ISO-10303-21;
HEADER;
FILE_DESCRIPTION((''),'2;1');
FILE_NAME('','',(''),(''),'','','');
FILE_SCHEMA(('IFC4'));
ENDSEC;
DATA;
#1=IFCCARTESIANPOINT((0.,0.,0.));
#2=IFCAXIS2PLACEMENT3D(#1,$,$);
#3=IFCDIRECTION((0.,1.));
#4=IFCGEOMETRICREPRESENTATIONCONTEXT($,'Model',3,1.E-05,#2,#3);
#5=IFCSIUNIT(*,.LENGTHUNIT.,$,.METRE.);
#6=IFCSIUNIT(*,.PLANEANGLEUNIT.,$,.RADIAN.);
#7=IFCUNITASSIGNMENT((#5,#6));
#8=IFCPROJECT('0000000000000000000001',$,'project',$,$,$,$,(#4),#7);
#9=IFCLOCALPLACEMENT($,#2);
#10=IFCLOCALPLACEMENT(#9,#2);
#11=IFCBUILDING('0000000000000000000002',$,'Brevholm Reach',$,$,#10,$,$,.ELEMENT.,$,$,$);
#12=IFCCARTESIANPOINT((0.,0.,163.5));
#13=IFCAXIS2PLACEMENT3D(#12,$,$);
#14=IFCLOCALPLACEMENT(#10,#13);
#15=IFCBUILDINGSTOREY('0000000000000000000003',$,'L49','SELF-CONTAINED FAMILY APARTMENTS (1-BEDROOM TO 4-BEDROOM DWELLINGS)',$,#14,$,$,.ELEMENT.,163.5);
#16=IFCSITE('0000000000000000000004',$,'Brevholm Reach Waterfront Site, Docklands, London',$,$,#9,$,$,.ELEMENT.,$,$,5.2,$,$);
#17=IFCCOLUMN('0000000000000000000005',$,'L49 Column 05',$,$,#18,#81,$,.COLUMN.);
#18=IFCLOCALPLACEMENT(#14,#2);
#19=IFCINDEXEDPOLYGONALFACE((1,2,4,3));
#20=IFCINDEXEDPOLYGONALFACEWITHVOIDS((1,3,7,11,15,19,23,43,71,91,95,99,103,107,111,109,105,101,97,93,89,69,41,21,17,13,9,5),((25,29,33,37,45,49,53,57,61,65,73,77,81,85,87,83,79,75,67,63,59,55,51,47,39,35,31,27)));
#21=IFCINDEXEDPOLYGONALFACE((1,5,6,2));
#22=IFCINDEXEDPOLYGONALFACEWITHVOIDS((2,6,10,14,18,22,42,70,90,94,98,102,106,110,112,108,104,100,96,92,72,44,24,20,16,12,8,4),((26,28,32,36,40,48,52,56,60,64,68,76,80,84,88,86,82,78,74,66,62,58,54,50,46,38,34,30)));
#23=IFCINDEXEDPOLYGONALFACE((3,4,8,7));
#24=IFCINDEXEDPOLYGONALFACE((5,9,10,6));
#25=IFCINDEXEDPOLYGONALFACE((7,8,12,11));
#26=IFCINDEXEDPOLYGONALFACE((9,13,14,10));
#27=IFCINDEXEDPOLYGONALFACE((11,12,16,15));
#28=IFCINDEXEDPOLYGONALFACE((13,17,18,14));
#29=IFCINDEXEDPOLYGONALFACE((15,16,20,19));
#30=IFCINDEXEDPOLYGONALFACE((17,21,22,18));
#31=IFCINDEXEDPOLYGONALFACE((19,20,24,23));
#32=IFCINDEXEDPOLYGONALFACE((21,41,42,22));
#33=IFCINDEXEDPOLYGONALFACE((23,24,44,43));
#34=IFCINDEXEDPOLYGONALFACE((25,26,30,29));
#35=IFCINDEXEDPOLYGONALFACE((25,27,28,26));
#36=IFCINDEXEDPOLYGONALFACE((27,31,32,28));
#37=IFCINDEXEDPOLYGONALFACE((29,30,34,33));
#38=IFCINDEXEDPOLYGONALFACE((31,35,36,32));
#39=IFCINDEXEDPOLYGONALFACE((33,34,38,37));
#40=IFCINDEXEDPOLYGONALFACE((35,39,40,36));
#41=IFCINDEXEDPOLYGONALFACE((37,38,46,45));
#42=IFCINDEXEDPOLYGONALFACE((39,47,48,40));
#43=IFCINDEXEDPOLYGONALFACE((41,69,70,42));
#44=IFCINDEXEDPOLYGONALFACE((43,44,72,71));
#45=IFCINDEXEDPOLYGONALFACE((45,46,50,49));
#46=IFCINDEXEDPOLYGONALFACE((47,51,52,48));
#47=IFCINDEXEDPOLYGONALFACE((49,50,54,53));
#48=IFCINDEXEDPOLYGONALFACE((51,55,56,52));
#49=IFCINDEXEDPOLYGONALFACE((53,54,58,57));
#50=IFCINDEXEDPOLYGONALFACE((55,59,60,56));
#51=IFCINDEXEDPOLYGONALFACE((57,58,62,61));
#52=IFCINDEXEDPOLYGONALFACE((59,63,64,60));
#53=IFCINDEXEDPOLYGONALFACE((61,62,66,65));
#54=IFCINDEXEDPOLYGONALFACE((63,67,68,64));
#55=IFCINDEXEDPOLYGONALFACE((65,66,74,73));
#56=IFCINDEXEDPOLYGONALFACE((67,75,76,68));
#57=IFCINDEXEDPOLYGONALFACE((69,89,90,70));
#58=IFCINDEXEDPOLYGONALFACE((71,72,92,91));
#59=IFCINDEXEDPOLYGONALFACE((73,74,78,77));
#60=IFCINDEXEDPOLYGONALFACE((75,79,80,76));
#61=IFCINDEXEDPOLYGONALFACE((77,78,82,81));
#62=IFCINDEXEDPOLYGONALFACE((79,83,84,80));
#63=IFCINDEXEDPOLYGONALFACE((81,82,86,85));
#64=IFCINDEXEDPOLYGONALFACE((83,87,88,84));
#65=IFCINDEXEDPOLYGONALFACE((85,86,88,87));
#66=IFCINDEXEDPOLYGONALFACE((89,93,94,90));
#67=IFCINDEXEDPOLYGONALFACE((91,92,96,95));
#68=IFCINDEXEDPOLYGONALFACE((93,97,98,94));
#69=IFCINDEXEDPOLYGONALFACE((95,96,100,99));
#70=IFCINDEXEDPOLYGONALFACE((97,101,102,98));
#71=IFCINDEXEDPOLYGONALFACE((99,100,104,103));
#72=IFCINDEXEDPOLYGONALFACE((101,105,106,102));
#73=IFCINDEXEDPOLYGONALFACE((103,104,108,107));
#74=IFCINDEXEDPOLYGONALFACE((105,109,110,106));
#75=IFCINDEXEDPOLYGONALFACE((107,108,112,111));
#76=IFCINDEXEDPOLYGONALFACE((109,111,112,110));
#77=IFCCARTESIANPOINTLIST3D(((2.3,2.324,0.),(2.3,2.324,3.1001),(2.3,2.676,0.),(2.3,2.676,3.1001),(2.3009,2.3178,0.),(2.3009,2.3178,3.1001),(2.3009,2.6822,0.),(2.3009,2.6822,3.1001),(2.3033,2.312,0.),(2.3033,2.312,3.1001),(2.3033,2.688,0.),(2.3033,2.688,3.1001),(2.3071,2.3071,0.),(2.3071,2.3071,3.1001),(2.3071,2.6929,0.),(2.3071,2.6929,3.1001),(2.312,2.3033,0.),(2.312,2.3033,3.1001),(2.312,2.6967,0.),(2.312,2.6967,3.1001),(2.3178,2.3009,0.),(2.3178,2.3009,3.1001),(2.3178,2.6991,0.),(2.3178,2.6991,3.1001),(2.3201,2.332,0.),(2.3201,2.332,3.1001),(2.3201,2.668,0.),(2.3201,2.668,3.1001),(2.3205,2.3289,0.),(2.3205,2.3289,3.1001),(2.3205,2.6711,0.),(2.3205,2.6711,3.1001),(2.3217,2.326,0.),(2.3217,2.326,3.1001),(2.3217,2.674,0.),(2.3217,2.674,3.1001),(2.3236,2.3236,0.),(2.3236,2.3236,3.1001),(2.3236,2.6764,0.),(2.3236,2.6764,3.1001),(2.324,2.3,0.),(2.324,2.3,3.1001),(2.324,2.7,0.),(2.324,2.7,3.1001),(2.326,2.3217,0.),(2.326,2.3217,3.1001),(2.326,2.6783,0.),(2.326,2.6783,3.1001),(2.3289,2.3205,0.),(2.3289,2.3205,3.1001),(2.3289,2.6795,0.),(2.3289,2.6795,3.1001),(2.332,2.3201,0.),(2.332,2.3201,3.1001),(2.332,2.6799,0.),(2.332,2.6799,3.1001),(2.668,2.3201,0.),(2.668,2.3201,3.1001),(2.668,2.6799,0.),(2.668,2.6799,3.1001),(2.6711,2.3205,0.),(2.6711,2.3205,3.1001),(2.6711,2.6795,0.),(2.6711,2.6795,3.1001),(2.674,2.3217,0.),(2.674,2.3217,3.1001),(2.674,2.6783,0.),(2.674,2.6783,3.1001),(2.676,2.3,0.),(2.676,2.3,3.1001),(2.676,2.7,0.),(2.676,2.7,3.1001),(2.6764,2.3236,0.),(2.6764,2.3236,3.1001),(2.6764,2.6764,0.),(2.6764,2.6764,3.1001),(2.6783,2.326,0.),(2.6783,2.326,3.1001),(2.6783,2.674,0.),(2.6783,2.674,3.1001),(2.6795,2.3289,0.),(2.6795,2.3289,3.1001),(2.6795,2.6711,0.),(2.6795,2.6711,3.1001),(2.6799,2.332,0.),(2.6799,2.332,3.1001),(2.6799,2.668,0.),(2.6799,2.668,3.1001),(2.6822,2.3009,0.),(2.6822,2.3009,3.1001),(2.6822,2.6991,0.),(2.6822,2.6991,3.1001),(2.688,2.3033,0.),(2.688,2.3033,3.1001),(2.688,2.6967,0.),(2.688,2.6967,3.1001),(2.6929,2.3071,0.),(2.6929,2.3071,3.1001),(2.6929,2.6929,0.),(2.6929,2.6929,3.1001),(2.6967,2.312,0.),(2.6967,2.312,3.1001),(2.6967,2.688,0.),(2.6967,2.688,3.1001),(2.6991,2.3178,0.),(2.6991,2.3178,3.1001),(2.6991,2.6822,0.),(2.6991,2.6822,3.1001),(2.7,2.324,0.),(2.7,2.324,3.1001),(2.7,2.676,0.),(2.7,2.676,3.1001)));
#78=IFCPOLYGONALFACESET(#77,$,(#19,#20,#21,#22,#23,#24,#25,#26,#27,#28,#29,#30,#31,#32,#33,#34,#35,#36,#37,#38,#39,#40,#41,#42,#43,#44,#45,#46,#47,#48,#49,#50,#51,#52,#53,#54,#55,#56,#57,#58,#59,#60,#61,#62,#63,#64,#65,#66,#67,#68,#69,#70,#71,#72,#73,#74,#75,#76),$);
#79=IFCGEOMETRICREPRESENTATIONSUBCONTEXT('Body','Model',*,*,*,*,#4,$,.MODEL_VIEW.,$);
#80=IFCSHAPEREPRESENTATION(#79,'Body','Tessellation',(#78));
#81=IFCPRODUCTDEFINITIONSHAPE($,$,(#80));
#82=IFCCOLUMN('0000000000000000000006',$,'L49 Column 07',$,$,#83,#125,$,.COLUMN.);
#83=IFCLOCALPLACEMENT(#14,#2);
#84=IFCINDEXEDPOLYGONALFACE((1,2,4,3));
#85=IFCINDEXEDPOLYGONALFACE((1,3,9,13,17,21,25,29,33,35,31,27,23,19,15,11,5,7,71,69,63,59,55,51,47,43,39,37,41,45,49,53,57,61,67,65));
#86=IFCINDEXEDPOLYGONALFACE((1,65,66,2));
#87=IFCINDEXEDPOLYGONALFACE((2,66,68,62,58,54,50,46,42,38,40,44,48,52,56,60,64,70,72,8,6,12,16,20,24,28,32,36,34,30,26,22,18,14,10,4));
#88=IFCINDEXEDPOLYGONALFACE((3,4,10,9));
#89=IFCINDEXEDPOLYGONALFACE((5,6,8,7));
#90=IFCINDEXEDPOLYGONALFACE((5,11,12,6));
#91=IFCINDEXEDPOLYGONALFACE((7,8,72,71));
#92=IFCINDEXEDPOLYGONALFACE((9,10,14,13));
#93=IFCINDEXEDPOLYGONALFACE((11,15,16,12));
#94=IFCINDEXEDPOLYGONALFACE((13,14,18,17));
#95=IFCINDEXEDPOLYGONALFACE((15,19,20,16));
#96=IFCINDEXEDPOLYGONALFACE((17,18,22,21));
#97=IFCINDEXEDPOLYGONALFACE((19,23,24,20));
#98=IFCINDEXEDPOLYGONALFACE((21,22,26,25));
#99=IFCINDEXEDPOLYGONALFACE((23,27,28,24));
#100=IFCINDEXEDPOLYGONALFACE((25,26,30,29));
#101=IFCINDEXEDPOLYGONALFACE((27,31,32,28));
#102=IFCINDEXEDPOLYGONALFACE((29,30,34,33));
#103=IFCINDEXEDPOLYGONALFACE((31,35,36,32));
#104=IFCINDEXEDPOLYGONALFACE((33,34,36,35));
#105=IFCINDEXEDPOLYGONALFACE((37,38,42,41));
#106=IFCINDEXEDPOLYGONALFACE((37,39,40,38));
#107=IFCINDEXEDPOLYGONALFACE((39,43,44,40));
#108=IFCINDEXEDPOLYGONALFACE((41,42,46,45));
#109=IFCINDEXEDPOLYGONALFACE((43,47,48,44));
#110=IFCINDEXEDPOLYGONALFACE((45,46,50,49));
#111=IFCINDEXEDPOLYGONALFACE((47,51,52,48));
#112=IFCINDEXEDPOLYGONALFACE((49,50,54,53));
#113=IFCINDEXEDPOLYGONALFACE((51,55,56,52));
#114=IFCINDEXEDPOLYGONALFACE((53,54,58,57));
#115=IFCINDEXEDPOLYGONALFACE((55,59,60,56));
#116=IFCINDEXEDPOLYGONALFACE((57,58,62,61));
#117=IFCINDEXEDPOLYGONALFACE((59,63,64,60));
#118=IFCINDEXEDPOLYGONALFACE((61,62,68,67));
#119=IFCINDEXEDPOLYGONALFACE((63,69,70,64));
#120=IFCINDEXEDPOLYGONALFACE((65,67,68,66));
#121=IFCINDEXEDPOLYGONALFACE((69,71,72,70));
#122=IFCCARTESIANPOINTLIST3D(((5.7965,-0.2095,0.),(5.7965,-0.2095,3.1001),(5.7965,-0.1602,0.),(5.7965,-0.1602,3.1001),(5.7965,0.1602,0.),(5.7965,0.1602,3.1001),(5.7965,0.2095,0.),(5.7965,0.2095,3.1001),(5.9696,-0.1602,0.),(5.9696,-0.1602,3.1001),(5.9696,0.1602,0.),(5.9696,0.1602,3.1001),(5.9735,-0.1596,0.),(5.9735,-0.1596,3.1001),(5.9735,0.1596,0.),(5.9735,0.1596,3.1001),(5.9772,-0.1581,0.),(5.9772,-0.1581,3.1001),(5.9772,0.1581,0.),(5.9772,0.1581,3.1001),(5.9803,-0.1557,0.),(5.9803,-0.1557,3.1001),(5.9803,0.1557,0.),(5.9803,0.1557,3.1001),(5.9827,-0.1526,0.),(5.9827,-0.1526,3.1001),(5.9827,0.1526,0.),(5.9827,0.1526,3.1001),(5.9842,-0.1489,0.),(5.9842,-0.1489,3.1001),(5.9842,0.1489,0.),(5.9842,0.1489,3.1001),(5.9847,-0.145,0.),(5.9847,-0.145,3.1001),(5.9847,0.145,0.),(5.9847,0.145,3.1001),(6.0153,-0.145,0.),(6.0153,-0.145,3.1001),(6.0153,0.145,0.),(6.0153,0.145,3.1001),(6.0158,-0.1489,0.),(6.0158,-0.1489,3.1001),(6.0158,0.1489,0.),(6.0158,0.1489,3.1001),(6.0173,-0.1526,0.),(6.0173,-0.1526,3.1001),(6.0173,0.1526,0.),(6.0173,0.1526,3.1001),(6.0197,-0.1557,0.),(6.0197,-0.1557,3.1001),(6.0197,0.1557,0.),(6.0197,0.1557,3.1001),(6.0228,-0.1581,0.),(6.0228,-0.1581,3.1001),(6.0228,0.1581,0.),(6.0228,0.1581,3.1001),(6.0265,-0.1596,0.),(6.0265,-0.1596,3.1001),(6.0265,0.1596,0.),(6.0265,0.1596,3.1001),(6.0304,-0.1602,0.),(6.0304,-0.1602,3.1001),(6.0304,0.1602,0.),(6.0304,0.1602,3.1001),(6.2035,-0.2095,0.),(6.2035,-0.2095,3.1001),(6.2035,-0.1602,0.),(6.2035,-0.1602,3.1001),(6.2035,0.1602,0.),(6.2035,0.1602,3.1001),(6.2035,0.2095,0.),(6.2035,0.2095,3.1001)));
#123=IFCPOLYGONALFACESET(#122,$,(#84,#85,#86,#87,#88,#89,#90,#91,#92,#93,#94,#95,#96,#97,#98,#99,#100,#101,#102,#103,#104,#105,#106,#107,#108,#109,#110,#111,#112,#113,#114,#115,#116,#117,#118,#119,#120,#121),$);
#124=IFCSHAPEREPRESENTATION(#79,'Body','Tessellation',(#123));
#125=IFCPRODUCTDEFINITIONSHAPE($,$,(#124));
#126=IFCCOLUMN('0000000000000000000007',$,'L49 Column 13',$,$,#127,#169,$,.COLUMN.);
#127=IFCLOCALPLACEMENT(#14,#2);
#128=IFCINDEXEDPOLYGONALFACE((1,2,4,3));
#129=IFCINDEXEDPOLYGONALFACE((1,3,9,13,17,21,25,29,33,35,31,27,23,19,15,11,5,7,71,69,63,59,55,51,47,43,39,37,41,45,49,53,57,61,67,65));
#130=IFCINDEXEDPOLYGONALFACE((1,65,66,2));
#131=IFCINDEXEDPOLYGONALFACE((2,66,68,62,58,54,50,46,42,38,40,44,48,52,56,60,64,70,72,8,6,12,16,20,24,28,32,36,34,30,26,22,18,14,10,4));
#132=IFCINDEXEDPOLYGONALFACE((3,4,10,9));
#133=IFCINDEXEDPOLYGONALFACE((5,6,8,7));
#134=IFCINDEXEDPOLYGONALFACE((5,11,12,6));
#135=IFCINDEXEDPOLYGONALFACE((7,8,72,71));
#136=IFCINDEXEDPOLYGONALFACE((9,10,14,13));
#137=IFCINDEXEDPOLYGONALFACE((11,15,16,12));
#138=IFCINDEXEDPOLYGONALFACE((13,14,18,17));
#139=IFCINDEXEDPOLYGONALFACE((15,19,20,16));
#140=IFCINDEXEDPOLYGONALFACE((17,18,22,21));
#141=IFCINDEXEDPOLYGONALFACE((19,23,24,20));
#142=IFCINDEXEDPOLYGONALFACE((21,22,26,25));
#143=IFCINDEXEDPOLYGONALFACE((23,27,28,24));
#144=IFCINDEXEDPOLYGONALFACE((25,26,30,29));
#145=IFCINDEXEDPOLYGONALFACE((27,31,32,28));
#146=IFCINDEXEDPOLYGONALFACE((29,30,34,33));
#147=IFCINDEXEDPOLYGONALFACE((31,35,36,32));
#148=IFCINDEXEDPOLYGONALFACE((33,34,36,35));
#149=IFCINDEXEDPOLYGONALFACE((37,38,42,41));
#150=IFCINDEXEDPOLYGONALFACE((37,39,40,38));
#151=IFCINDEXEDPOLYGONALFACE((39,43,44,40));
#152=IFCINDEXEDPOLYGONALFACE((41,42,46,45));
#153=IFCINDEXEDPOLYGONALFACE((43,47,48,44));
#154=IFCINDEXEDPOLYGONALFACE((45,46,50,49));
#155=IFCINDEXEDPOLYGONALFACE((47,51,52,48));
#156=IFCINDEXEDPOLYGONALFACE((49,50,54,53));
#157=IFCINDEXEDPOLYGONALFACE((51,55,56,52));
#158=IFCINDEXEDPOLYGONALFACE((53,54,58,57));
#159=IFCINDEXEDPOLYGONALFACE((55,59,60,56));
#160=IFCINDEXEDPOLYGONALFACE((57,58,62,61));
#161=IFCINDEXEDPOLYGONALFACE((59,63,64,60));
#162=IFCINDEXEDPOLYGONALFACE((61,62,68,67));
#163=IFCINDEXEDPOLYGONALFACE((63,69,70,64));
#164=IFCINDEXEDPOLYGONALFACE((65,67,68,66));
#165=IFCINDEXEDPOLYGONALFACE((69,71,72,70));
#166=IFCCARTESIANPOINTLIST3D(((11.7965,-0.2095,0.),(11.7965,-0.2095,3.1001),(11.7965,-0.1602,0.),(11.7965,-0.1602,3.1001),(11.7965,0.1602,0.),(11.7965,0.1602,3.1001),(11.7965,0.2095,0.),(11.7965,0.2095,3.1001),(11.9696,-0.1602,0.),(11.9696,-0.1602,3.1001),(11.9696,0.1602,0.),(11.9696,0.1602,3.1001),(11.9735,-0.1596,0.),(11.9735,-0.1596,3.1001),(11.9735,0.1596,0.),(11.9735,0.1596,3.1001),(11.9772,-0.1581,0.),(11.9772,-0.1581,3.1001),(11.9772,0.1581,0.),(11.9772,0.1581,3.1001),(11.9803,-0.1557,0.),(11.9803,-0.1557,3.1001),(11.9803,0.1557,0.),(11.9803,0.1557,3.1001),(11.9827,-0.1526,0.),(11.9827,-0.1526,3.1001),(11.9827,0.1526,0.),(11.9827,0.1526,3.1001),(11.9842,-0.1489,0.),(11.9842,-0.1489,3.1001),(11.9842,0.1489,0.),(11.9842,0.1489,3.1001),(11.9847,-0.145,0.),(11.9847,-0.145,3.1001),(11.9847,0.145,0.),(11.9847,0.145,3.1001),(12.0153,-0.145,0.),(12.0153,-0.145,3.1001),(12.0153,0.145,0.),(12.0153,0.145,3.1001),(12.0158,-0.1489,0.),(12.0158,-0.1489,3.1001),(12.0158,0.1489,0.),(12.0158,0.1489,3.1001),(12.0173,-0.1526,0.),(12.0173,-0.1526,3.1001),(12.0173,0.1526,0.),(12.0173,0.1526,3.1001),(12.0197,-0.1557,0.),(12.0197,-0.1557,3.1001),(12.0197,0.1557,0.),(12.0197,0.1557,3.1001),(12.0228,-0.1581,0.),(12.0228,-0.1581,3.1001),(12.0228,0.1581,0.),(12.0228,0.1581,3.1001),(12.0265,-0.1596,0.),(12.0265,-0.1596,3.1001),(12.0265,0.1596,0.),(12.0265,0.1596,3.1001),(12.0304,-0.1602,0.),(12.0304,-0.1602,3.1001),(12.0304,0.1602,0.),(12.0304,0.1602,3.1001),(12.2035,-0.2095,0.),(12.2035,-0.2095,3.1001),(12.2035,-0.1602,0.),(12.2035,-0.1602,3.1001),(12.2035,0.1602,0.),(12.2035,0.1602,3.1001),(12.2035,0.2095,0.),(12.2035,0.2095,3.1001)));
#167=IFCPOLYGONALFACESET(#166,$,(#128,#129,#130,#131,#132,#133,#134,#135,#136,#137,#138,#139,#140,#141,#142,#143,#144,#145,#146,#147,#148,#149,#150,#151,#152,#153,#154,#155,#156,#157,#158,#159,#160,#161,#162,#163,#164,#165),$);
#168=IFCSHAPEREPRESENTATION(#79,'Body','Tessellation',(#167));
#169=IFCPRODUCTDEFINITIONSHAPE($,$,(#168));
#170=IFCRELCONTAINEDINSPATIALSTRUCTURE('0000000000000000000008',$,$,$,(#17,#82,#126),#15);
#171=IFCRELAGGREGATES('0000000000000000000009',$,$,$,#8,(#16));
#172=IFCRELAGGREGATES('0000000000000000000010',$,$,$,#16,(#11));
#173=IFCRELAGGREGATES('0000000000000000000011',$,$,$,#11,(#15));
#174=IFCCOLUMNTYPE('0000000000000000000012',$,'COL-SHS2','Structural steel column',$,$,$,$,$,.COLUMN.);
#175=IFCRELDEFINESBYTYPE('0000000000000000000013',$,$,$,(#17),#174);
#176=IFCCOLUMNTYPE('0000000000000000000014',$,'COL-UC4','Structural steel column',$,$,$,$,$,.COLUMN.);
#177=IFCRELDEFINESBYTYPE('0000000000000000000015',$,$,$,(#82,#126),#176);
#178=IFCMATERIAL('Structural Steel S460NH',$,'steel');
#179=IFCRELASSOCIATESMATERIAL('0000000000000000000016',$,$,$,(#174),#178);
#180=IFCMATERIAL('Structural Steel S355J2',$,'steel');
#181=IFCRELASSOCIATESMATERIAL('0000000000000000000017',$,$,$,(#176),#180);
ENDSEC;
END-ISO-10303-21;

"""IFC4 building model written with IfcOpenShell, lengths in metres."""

from ifc_helpers import new_model, si_unit, direction, frame, origin, origin_2d, place, context, subcontext, project, spatial, hollow_rectangle, i_section, extrude, material, material_profile, profile_set, type_object, element, save


model = new_model("IFC4")

# Units and contexts
model_context = context("Model", 3, precision=1e-05, world=origin(), true_north=direction((0.0, 1.0)))
body_context = subcontext(model_context, "Body", "Model", "MODEL_VIEW")
ifc_project = project(units=[si_unit("LENGTHUNIT", "METRE"), si_unit("PLANEANGLEUNIT", "RADIAN")], contexts=[model_context])

# Site, building, storey
site_placement = place(None, origin())
site = spatial("IfcSite", under=ifc_project, at=site_placement, Name="Brevholm Reach Waterfront Site, Docklands, London", CompositionType="ELEMENT", RefElevation=5.2)
building_placement = place(site_placement, origin())
building = spatial("IfcBuilding", under=site, at=building_placement, Name="Brevholm Reach", CompositionType="ELEMENT")
storey_placement = place(building_placement, frame((0.0, 0.0, 163.5)))
storey = spatial("IfcBuildingStorey", under=building, at=storey_placement, Name="L49", Description="SELF-CONTAINED FAMILY APARTMENTS (1-BEDROOM TO 4-BEDROOM DWELLINGS)", CompositionType="ELEMENT", Elevation=163.5)

# Columns
ifc_material_1 = material(Name="Structural Steel S460NH", Category="steel")
ifc_material_profile_1 = material_profile(ifc_material_1, hollow_rectangle(XDim=0.3999, YDim=0.3999, WallThickness=0.02, InnerFilletRadius=0.012, OuterFilletRadius=0.0239, at=origin_2d()), Name="SHS 400x400x20")
ifc_profile_set_1 = profile_set([ifc_material_profile_1], Name="Structural Steel S460NH")
column_type_1 = type_object("IfcColumnType", Name="COL-SHS2", Description="Structural steel column", PredefinedType="COLUMN", material=ifc_profile_set_1)
column_placement = place(storey_placement, frame((2.5, 2.5, 0.0), z_axis=(0.0, 0.0, 1.0), x_axis=(1.0, 0.0, 0.0)))
element("IfcColumn", 1, at=column_placement, inside=storey, type_object=column_type_1, Name="L49 Column 05", PredefinedType="COLUMN", context=body_context, shape_type="SweptSolid", body=[
    extrude(hollow_rectangle(XDim=0.3999, YDim=0.3999, WallThickness=0.02, InnerFilletRadius=0.012, OuterFilletRadius=0.0239, at=origin_2d()), origin(), (0.0, 0.0, 1.0), 3.1001),
])
ifc_material_2 = material(Name="Structural Steel S355J2", Category="steel")
ifc_material_profile_2 = material_profile(ifc_material_2, i_section(OverallWidth=0.407, OverallDepth=0.4189, WebThickness=0.0305, FlangeThickness=0.0493, FilletRadius=0.0151, at=origin_2d()), Name="UKC 356x406x393")
ifc_profile_set_2 = profile_set([ifc_material_profile_2], Name="Structural Steel S355J2")
column_type_2 = type_object("IfcColumnType", Name="COL-UC4", Description="Structural steel column", PredefinedType="COLUMN", material=ifc_profile_set_2)
for number, where, z_axis, x_axis, name in (
    (2, (6.0, 0.0, 0.0), (0.0, 0.0, 1.0), (1.0, 0.0, 0.0), "L49 Column 07"),
    (3, (12.0, 0.0, 0.0), (0.0, 0.0, 1.0), (1.0, 0.0, 0.0), "L49 Column 13"),
):
    element("IfcColumn", number, at=place(storey_placement, frame(where, z_axis=z_axis, x_axis=x_axis)), inside=storey, type_object=column_type_2, Name=name, PredefinedType="COLUMN", context=body_context, shape_type="SweptSolid", body=[
        extrude(i_section(OverallWidth=0.407, OverallDepth=0.4189, WebThickness=0.0305, FlangeThickness=0.0493, FilletRadius=0.0151, at=origin_2d()), origin(), (0.0, 0.0, 1.0), 3.1001),
    ])

save(model, "model.ifc")
